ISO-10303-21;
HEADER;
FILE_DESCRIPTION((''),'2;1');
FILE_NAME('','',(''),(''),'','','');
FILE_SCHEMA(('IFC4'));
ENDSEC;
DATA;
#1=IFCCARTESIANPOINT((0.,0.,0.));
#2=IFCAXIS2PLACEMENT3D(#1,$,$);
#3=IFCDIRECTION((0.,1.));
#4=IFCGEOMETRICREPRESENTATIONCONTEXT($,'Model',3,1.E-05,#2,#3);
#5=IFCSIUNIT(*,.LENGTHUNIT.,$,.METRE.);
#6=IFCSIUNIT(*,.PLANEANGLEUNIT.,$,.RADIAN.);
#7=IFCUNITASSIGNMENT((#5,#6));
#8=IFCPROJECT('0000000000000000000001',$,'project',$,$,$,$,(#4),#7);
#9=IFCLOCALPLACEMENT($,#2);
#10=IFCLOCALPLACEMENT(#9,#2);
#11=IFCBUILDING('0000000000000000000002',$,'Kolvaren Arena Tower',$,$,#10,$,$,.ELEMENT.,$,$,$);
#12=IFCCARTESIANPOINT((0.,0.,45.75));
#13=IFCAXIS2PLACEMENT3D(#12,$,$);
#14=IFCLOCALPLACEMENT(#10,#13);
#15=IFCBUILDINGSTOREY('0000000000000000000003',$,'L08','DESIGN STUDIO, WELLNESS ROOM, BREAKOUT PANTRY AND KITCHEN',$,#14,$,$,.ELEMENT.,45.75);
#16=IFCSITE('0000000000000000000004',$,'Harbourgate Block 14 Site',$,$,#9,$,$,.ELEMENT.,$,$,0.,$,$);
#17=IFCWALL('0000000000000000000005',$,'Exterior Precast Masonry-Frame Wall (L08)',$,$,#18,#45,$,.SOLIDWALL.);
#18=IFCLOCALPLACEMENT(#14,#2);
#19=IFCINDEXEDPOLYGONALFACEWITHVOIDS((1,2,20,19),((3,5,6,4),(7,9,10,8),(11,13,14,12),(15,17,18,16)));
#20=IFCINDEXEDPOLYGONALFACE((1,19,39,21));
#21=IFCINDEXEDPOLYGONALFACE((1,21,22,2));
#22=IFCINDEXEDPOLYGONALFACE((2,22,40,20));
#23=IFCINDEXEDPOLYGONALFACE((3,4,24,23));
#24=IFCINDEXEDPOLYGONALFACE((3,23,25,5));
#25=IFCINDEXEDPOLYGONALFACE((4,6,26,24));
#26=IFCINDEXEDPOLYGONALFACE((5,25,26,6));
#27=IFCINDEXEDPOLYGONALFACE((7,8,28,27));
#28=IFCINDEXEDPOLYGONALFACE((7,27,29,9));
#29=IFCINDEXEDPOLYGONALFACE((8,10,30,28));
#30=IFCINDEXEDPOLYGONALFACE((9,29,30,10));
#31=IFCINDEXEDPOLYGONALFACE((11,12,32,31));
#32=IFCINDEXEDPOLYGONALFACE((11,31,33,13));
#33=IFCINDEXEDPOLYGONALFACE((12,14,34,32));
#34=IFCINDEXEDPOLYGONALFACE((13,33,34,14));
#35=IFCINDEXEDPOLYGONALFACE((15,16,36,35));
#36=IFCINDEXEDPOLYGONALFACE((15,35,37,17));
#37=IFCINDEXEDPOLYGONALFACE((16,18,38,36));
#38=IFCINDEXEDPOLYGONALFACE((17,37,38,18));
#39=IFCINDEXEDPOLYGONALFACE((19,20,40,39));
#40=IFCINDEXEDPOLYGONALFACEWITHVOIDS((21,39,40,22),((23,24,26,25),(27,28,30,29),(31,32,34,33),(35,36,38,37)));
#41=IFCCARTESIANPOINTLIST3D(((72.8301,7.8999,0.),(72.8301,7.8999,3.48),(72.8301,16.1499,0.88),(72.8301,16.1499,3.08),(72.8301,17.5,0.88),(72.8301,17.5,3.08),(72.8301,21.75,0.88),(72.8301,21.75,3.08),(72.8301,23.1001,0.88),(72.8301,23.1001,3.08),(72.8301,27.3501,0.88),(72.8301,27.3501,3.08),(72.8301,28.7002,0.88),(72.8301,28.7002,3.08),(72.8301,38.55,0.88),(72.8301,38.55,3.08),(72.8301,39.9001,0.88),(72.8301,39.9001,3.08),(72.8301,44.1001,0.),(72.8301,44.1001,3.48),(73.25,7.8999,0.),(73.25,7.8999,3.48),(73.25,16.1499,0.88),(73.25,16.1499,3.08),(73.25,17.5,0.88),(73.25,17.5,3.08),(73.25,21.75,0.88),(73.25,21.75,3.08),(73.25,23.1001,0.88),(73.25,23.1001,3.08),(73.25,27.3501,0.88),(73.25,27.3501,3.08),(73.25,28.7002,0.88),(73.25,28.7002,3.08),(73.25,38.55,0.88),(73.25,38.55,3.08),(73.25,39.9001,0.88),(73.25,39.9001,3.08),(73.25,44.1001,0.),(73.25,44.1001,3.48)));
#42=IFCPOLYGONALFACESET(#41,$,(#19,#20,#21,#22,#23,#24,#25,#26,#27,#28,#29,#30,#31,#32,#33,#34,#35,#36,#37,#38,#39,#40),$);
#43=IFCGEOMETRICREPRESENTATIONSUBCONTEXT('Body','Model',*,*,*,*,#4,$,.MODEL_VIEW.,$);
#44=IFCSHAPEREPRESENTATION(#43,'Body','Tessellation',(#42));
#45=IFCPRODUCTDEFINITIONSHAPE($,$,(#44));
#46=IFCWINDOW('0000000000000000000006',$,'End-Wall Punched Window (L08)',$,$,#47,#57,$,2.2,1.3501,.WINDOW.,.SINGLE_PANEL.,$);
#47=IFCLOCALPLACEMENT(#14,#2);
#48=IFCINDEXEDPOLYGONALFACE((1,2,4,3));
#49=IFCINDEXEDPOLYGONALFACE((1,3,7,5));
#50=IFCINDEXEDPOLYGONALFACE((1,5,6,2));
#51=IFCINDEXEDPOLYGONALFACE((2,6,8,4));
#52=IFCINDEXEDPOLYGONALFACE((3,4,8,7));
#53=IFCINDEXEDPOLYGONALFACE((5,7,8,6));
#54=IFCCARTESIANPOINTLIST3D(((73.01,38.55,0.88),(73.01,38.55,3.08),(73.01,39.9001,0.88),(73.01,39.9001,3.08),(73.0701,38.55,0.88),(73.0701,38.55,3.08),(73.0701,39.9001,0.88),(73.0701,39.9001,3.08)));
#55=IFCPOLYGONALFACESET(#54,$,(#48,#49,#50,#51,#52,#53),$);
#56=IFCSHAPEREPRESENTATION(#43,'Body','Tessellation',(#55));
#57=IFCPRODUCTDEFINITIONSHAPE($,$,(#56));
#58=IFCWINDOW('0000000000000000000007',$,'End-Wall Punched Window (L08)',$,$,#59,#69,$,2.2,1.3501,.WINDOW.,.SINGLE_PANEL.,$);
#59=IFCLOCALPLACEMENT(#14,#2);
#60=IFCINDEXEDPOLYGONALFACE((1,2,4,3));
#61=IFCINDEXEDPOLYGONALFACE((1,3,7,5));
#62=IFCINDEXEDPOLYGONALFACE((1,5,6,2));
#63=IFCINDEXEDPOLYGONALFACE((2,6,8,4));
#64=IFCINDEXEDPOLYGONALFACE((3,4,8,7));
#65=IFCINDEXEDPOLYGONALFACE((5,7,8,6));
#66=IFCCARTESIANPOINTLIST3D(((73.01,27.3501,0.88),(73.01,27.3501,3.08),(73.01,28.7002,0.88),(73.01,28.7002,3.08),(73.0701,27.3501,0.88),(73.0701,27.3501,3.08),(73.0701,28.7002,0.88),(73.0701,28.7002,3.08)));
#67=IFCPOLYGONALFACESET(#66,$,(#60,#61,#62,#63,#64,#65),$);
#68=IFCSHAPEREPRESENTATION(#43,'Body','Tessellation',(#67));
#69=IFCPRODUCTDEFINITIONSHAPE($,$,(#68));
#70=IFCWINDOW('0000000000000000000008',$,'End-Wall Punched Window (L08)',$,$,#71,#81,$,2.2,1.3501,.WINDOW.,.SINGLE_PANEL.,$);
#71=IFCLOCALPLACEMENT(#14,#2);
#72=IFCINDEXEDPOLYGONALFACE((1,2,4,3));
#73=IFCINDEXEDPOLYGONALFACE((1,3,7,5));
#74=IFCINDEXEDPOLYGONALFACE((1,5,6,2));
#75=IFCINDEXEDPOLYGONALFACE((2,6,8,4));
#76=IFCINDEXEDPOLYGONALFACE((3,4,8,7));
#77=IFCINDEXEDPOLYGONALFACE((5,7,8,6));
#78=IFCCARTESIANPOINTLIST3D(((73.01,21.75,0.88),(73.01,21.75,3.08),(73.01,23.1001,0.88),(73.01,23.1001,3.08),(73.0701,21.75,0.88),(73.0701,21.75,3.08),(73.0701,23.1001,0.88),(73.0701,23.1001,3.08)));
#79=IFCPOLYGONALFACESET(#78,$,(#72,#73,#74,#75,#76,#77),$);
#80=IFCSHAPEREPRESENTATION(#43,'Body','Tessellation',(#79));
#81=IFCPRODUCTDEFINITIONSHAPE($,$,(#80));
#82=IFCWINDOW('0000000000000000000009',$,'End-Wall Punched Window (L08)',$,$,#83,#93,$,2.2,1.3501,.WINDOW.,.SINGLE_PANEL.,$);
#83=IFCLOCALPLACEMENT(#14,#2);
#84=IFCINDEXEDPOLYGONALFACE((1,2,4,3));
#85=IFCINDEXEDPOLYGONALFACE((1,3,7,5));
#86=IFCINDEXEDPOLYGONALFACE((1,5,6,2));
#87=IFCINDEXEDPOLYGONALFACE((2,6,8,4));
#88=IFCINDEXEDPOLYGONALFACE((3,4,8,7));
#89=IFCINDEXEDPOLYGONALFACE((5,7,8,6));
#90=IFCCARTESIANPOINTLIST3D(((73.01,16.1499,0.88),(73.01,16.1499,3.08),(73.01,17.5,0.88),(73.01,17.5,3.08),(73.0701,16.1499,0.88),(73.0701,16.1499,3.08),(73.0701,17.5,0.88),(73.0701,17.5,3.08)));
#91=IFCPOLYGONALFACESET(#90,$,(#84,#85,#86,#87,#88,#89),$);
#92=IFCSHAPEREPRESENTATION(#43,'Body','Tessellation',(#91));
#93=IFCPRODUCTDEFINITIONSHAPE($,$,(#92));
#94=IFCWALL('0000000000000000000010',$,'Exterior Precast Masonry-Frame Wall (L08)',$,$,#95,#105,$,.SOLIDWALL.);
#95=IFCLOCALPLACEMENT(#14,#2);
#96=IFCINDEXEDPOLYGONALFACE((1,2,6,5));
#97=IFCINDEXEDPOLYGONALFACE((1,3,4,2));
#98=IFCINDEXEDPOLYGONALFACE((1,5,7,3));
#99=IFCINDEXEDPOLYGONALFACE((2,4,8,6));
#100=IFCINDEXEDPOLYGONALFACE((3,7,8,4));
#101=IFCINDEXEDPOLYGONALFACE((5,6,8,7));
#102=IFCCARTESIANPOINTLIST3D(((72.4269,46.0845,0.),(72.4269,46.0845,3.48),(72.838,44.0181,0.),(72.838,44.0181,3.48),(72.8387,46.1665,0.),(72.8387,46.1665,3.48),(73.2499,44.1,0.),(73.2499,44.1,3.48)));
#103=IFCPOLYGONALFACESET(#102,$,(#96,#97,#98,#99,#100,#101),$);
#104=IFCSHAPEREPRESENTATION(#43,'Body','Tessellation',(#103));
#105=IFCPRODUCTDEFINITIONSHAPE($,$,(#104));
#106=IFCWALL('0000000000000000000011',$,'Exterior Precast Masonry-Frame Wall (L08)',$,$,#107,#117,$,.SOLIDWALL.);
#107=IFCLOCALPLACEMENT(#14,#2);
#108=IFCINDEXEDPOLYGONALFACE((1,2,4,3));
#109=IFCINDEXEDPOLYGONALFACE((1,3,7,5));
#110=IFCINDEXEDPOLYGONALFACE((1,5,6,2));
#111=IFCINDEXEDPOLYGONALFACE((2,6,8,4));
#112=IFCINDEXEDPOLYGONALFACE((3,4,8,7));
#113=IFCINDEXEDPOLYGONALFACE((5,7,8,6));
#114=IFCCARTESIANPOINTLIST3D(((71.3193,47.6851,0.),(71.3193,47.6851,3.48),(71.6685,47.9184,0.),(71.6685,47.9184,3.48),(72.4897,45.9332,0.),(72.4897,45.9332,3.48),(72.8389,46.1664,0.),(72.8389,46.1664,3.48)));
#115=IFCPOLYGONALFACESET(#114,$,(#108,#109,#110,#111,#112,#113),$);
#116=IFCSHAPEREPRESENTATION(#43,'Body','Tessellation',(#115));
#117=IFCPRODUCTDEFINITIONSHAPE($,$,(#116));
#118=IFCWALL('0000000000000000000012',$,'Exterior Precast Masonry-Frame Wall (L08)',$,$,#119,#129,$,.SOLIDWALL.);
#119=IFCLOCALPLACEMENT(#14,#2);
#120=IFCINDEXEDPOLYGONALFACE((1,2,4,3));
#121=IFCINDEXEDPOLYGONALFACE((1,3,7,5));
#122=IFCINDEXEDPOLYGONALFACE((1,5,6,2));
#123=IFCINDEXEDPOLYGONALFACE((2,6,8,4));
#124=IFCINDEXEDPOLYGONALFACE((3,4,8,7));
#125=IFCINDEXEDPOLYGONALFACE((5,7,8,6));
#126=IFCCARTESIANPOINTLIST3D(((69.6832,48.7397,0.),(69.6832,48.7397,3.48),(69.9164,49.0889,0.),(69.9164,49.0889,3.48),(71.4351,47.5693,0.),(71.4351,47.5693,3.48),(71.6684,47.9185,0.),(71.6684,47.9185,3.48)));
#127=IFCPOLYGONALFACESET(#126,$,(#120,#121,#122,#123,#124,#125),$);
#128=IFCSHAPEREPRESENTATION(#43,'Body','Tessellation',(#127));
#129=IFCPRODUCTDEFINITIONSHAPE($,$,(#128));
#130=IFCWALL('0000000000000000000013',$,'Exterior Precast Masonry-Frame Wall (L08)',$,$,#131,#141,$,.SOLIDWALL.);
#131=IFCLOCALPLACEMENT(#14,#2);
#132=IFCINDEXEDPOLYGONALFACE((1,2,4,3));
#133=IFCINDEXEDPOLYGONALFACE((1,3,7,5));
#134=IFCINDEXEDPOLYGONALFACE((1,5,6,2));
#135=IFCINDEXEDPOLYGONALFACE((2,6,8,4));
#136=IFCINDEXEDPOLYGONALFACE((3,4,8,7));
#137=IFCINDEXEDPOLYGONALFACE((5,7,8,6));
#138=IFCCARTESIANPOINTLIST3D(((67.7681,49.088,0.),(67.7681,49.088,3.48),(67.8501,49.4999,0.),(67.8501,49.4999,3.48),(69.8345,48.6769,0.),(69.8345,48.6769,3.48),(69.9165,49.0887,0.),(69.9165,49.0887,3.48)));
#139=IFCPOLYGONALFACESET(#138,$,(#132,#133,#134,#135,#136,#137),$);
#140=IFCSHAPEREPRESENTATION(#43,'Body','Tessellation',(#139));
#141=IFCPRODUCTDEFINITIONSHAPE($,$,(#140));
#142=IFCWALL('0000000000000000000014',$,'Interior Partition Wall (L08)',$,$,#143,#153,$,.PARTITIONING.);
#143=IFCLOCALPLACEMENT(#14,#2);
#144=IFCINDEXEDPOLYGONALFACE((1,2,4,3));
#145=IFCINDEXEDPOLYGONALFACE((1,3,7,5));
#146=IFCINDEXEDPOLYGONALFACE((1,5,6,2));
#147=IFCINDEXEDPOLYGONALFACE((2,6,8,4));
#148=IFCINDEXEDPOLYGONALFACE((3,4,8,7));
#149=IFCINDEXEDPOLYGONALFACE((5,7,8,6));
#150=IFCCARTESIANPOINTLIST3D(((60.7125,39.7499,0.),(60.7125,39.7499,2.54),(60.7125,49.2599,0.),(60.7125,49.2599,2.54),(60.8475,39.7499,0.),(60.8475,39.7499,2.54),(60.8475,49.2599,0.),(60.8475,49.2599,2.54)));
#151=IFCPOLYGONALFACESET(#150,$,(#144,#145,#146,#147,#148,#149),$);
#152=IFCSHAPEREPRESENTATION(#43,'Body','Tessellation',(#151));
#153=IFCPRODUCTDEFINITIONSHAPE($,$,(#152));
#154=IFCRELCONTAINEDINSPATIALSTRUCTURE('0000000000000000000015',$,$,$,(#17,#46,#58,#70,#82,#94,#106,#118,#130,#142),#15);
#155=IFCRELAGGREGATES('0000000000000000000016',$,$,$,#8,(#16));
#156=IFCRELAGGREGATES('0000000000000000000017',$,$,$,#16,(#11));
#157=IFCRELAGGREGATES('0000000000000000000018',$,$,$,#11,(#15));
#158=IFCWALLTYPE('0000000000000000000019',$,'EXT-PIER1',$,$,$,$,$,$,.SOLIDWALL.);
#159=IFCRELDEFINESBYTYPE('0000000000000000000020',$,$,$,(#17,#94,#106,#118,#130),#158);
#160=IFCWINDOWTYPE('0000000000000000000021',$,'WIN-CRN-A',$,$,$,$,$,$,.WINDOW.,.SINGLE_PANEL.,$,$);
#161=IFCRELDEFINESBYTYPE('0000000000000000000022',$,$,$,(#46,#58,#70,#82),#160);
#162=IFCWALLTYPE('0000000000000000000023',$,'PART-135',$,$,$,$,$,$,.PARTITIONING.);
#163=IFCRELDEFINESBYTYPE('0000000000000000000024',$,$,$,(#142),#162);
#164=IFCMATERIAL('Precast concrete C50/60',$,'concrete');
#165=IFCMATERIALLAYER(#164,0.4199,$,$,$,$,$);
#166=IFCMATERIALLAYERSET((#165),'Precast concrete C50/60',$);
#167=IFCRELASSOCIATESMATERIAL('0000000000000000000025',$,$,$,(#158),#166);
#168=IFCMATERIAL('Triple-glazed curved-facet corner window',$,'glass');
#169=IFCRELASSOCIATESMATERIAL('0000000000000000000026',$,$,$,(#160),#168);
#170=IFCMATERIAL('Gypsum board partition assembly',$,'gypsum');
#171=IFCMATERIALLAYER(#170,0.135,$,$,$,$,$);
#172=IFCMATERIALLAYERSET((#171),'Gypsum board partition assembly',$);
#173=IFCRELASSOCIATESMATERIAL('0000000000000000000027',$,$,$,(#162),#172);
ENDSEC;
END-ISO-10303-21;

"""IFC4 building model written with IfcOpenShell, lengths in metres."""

from ifc_helpers import new_model, si_unit, direction, frame, frame_2d, origin, place, context, subcontext, project, spatial, rectangle, extrude, material, layer, layer_set, type_object, element, fill, save


model = new_model("IFC4")

# Units and contexts
model_context = context("Model", 3, precision=1e-05, world=origin(), true_north=direction((0.0, 1.0)))
body_context = subcontext(model_context, "Body", "Model", "MODEL_VIEW")
ifc_project = project(units=[si_unit("LENGTHUNIT", "METRE"), si_unit("PLANEANGLEUNIT", "RADIAN")], contexts=[model_context])

# Site, building, storey
site_placement = place(None, origin())
site = spatial("IfcSite", under=ifc_project, at=site_placement, Name="Harbourgate Block 14 Site", CompositionType="ELEMENT", RefElevation=0.0)
building_placement = place(site_placement, origin())
building = spatial("IfcBuilding", under=site, at=building_placement, Name="Kolvaren Arena Tower", CompositionType="ELEMENT")
storey_placement = place(building_placement, frame((0.0, 0.0, 45.75)))
storey = spatial("IfcBuildingStorey", under=building, at=storey_placement, Name="L08", Description="DESIGN STUDIO, WELLNESS ROOM, BREAKOUT PANTRY AND KITCHEN", CompositionType="ELEMENT", Elevation=45.75)

# Wall, openings, windows
ifc_material_1 = material(Name="Precast concrete C50/60", Category="concrete")
ifc_layer_1 = layer(ifc_material_1, 0.4199)
ifc_layer_set_1 = layer_set([ifc_layer_1], Name="Precast concrete C50/60")
wall_type_1 = type_object("IfcWallType", Name="EXT-PIER1", PredefinedType="SOLIDWALL", material=ifc_layer_set_1)
wall_1_placement = place(storey_placement, frame((73.04, 44.1001, 0.0), z_axis=(0.0, 0.0, 1.0), x_axis=(0.0, -1.0, 0.0)))
wall_1 = element("IfcWall", 1, at=wall_1_placement, inside=storey, type_object=wall_type_1, Name="Exterior Precast Masonry-Frame Wall (L08)", PredefinedType="SOLIDWALL", context=body_context, shape_type="SweptSolid", body=[
    extrude(rectangle(XDim=36.2002, YDim=0.4199, at=frame_2d((18.1001, 0.0))), origin(), (0.0, 0.0, 1.0), 3.48),
])
opening_1_placement = place(wall_1_placement, frame((4.2, 0.0, 0.8799)))
opening_1 = element("IfcOpeningElement", 2, at=opening_1_placement, cuts=wall_1, PredefinedType="OPENING", context=body_context, shape_type="SweptSolid", body=[
    extrude(rectangle(XDim=1.3501, YDim=2.2, at=frame_2d((0.675, 1.1001))), frame((0.0, 0.22, 0.0), z_axis=(0.0, -1.0, 0.0), x_axis=(1.0, 0.0, 0.0)), (0.0, 0.0, 1.0), 0.4399),
])
opening_2_placement = place(wall_1_placement, frame((15.3999, 0.0, 0.8799)))
opening_2 = element("IfcOpeningElement", 3, at=opening_2_placement, cuts=wall_1, PredefinedType="OPENING", context=body_context, shape_type="SweptSolid", body=[
    extrude(rectangle(XDim=1.3501, YDim=2.2, at=frame_2d((0.675, 1.1001))), frame((0.0, 0.22, 0.0), z_axis=(0.0, -1.0, 0.0), x_axis=(1.0, 0.0, 0.0)), (0.0, 0.0, 1.0), 0.4399),
])
opening_3_placement = place(wall_1_placement, frame((21.0, 0.0, 0.8799)))
opening_3 = element("IfcOpeningElement", 4, at=opening_3_placement, cuts=wall_1, PredefinedType="OPENING", context=body_context, shape_type="SweptSolid", body=[
    extrude(rectangle(XDim=1.3501, YDim=2.2, at=frame_2d((0.675, 1.1001))), frame((0.0, 0.22, 0.0), z_axis=(0.0, -1.0, 0.0), x_axis=(1.0, 0.0, 0.0)), (0.0, 0.0, 1.0), 0.4399),
])
opening_4_placement = place(wall_1_placement, frame((26.6001, 0.0, 0.8799)))
opening_4 = element("IfcOpeningElement", 5, at=opening_4_placement, cuts=wall_1, PredefinedType="OPENING", context=body_context, shape_type="SweptSolid", body=[
    extrude(rectangle(XDim=1.3501, YDim=2.2, at=frame_2d((0.675, 1.1001))), frame((0.0, 0.22, 0.0), z_axis=(0.0, -1.0, 0.0), x_axis=(1.0, 0.0, 0.0)), (0.0, 0.0, 1.0), 0.4399),
])
ifc_material_2 = material(Name="Triple-glazed curved-facet corner window", Category="glass")
window_type = type_object("IfcWindowType", Name="WIN-CRN-A", PartitioningType="SINGLE_PANEL", PredefinedType="WINDOW", material=ifc_material_2)
window_1_placement = place(opening_1_placement, origin())
window_1 = element("IfcWindow", 6, at=window_1_placement, inside=storey, type_object=window_type, Name="End-Wall Punched Window (L08)", OverallHeight=2.2, OverallWidth=1.3501, PartitioningType="SINGLE_PANEL", PredefinedType="WINDOW", context=body_context, shape_type="SweptSolid", body=[
    extrude(rectangle(XDim=1.3501, YDim=2.2, at=frame_2d((0.675, 1.1001))), frame((0.0, 0.03, 0.0), z_axis=(0.0, -1.0, 0.0), x_axis=(1.0, 0.0, 0.0)), (0.0, 0.0, 1.0), 0.0601),
])
fill(opening_1, window_1)
window_2_placement = place(opening_2_placement, origin())
window_2 = element("IfcWindow", 7, at=window_2_placement, inside=storey, type_object=window_type, Name="End-Wall Punched Window (L08)", OverallHeight=2.2, OverallWidth=1.3501, PartitioningType="SINGLE_PANEL", PredefinedType="WINDOW", context=body_context, shape_type="SweptSolid", body=[
    extrude(rectangle(XDim=1.3501, YDim=2.2, at=frame_2d((0.675, 1.1001))), frame((0.0, 0.03, 0.0), z_axis=(0.0, -1.0, 0.0), x_axis=(1.0, 0.0, 0.0)), (0.0, 0.0, 1.0), 0.0601),
])
fill(opening_2, window_2)
window_3_placement = place(opening_3_placement, origin())
window_3 = element("IfcWindow", 8, at=window_3_placement, inside=storey, type_object=window_type, Name="End-Wall Punched Window (L08)", OverallHeight=2.2, OverallWidth=1.3501, PartitioningType="SINGLE_PANEL", PredefinedType="WINDOW", context=body_context, shape_type="SweptSolid", body=[
    extrude(rectangle(XDim=1.3501, YDim=2.2, at=frame_2d((0.675, 1.1001))), frame((0.0, 0.03, 0.0), z_axis=(0.0, -1.0, 0.0), x_axis=(1.0, 0.0, 0.0)), (0.0, 0.0, 1.0), 0.0601),
])
fill(opening_3, window_3)
window_4_placement = place(opening_4_placement, origin())
window_4 = element("IfcWindow", 9, at=window_4_placement, inside=storey, type_object=window_type, Name="End-Wall Punched Window (L08)", OverallHeight=2.2, OverallWidth=1.3501, PartitioningType="SINGLE_PANEL", PredefinedType="WINDOW", context=body_context, shape_type="SweptSolid", body=[
    extrude(rectangle(XDim=1.3501, YDim=2.2, at=frame_2d((0.675, 1.1001))), frame((0.0, 0.03, 0.0), z_axis=(0.0, -1.0, 0.0), x_axis=(1.0, 0.0, 0.0)), (0.0, 0.0, 1.0), 0.0601),
])
fill(opening_4, window_4)

# Walls
for number, where, z_axis, x_axis, name in (
    (10, (72.6328, 46.1255, 0.0), (0.0, 0.0, 1.0), (0.195136, -0.980776, 0.0), "Exterior Precast Masonry-Frame Wall (L08)"),
    (11, (71.4939, 47.8018, 0.0), (0.0, 0.0, 1.0), (0.555502, -0.831515, 0.0), "Exterior Precast Masonry-Frame Wall (L08)"),
    (12, (69.7998, 48.9143, 0.0), (0.0, 0.0, 1.0), (0.831515, -0.555502, 0.0), "Exterior Precast Masonry-Frame Wall (L08)"),
    (13, (67.8091, 49.2939, 0.0), (0.0, 0.0, 1.0), (0.980776, -0.195136, 0.0), "Exterior Precast Masonry-Frame Wall (L08)"),
):
    element("IfcWall", number, at=place(storey_placement, frame(where, z_axis=z_axis, x_axis=x_axis)), inside=storey, type_object=wall_type_1, Name=name, PredefinedType="SOLIDWALL", context=body_context, shape_type="SweptSolid", body=[
        extrude(rectangle(XDim=2.1069, YDim=0.4199, at=frame_2d((1.0535, 0.0))), origin(), (0.0, 0.0, 1.0), 3.48),
    ])
ifc_material_3 = material(Name="Gypsum board partition assembly", Category="gypsum")
ifc_layer_2 = layer(ifc_material_3, 0.135)
ifc_layer_set_2 = layer_set([ifc_layer_2], Name="Gypsum board partition assembly")
wall_type_2 = type_object("IfcWallType", Name="PART-135", PredefinedType="PARTITIONING", material=ifc_layer_set_2)
wall_2_placement = place(storey_placement, frame((60.78, 39.75, 0.0), z_axis=(0.0, 0.0, 1.0), x_axis=(0.0, 1.0, 0.0)))
element("IfcWall", 14, at=wall_2_placement, inside=storey, type_object=wall_type_2, Name="Interior Partition Wall (L08)", PredefinedType="PARTITIONING", context=body_context, shape_type="SweptSolid", body=[
    extrude(rectangle(XDim=9.51, YDim=0.135, at=frame_2d((4.7549, 0.0))), origin(), (0.0, 0.0, 1.0), 2.54),
])

save(model, "model.ifc")
